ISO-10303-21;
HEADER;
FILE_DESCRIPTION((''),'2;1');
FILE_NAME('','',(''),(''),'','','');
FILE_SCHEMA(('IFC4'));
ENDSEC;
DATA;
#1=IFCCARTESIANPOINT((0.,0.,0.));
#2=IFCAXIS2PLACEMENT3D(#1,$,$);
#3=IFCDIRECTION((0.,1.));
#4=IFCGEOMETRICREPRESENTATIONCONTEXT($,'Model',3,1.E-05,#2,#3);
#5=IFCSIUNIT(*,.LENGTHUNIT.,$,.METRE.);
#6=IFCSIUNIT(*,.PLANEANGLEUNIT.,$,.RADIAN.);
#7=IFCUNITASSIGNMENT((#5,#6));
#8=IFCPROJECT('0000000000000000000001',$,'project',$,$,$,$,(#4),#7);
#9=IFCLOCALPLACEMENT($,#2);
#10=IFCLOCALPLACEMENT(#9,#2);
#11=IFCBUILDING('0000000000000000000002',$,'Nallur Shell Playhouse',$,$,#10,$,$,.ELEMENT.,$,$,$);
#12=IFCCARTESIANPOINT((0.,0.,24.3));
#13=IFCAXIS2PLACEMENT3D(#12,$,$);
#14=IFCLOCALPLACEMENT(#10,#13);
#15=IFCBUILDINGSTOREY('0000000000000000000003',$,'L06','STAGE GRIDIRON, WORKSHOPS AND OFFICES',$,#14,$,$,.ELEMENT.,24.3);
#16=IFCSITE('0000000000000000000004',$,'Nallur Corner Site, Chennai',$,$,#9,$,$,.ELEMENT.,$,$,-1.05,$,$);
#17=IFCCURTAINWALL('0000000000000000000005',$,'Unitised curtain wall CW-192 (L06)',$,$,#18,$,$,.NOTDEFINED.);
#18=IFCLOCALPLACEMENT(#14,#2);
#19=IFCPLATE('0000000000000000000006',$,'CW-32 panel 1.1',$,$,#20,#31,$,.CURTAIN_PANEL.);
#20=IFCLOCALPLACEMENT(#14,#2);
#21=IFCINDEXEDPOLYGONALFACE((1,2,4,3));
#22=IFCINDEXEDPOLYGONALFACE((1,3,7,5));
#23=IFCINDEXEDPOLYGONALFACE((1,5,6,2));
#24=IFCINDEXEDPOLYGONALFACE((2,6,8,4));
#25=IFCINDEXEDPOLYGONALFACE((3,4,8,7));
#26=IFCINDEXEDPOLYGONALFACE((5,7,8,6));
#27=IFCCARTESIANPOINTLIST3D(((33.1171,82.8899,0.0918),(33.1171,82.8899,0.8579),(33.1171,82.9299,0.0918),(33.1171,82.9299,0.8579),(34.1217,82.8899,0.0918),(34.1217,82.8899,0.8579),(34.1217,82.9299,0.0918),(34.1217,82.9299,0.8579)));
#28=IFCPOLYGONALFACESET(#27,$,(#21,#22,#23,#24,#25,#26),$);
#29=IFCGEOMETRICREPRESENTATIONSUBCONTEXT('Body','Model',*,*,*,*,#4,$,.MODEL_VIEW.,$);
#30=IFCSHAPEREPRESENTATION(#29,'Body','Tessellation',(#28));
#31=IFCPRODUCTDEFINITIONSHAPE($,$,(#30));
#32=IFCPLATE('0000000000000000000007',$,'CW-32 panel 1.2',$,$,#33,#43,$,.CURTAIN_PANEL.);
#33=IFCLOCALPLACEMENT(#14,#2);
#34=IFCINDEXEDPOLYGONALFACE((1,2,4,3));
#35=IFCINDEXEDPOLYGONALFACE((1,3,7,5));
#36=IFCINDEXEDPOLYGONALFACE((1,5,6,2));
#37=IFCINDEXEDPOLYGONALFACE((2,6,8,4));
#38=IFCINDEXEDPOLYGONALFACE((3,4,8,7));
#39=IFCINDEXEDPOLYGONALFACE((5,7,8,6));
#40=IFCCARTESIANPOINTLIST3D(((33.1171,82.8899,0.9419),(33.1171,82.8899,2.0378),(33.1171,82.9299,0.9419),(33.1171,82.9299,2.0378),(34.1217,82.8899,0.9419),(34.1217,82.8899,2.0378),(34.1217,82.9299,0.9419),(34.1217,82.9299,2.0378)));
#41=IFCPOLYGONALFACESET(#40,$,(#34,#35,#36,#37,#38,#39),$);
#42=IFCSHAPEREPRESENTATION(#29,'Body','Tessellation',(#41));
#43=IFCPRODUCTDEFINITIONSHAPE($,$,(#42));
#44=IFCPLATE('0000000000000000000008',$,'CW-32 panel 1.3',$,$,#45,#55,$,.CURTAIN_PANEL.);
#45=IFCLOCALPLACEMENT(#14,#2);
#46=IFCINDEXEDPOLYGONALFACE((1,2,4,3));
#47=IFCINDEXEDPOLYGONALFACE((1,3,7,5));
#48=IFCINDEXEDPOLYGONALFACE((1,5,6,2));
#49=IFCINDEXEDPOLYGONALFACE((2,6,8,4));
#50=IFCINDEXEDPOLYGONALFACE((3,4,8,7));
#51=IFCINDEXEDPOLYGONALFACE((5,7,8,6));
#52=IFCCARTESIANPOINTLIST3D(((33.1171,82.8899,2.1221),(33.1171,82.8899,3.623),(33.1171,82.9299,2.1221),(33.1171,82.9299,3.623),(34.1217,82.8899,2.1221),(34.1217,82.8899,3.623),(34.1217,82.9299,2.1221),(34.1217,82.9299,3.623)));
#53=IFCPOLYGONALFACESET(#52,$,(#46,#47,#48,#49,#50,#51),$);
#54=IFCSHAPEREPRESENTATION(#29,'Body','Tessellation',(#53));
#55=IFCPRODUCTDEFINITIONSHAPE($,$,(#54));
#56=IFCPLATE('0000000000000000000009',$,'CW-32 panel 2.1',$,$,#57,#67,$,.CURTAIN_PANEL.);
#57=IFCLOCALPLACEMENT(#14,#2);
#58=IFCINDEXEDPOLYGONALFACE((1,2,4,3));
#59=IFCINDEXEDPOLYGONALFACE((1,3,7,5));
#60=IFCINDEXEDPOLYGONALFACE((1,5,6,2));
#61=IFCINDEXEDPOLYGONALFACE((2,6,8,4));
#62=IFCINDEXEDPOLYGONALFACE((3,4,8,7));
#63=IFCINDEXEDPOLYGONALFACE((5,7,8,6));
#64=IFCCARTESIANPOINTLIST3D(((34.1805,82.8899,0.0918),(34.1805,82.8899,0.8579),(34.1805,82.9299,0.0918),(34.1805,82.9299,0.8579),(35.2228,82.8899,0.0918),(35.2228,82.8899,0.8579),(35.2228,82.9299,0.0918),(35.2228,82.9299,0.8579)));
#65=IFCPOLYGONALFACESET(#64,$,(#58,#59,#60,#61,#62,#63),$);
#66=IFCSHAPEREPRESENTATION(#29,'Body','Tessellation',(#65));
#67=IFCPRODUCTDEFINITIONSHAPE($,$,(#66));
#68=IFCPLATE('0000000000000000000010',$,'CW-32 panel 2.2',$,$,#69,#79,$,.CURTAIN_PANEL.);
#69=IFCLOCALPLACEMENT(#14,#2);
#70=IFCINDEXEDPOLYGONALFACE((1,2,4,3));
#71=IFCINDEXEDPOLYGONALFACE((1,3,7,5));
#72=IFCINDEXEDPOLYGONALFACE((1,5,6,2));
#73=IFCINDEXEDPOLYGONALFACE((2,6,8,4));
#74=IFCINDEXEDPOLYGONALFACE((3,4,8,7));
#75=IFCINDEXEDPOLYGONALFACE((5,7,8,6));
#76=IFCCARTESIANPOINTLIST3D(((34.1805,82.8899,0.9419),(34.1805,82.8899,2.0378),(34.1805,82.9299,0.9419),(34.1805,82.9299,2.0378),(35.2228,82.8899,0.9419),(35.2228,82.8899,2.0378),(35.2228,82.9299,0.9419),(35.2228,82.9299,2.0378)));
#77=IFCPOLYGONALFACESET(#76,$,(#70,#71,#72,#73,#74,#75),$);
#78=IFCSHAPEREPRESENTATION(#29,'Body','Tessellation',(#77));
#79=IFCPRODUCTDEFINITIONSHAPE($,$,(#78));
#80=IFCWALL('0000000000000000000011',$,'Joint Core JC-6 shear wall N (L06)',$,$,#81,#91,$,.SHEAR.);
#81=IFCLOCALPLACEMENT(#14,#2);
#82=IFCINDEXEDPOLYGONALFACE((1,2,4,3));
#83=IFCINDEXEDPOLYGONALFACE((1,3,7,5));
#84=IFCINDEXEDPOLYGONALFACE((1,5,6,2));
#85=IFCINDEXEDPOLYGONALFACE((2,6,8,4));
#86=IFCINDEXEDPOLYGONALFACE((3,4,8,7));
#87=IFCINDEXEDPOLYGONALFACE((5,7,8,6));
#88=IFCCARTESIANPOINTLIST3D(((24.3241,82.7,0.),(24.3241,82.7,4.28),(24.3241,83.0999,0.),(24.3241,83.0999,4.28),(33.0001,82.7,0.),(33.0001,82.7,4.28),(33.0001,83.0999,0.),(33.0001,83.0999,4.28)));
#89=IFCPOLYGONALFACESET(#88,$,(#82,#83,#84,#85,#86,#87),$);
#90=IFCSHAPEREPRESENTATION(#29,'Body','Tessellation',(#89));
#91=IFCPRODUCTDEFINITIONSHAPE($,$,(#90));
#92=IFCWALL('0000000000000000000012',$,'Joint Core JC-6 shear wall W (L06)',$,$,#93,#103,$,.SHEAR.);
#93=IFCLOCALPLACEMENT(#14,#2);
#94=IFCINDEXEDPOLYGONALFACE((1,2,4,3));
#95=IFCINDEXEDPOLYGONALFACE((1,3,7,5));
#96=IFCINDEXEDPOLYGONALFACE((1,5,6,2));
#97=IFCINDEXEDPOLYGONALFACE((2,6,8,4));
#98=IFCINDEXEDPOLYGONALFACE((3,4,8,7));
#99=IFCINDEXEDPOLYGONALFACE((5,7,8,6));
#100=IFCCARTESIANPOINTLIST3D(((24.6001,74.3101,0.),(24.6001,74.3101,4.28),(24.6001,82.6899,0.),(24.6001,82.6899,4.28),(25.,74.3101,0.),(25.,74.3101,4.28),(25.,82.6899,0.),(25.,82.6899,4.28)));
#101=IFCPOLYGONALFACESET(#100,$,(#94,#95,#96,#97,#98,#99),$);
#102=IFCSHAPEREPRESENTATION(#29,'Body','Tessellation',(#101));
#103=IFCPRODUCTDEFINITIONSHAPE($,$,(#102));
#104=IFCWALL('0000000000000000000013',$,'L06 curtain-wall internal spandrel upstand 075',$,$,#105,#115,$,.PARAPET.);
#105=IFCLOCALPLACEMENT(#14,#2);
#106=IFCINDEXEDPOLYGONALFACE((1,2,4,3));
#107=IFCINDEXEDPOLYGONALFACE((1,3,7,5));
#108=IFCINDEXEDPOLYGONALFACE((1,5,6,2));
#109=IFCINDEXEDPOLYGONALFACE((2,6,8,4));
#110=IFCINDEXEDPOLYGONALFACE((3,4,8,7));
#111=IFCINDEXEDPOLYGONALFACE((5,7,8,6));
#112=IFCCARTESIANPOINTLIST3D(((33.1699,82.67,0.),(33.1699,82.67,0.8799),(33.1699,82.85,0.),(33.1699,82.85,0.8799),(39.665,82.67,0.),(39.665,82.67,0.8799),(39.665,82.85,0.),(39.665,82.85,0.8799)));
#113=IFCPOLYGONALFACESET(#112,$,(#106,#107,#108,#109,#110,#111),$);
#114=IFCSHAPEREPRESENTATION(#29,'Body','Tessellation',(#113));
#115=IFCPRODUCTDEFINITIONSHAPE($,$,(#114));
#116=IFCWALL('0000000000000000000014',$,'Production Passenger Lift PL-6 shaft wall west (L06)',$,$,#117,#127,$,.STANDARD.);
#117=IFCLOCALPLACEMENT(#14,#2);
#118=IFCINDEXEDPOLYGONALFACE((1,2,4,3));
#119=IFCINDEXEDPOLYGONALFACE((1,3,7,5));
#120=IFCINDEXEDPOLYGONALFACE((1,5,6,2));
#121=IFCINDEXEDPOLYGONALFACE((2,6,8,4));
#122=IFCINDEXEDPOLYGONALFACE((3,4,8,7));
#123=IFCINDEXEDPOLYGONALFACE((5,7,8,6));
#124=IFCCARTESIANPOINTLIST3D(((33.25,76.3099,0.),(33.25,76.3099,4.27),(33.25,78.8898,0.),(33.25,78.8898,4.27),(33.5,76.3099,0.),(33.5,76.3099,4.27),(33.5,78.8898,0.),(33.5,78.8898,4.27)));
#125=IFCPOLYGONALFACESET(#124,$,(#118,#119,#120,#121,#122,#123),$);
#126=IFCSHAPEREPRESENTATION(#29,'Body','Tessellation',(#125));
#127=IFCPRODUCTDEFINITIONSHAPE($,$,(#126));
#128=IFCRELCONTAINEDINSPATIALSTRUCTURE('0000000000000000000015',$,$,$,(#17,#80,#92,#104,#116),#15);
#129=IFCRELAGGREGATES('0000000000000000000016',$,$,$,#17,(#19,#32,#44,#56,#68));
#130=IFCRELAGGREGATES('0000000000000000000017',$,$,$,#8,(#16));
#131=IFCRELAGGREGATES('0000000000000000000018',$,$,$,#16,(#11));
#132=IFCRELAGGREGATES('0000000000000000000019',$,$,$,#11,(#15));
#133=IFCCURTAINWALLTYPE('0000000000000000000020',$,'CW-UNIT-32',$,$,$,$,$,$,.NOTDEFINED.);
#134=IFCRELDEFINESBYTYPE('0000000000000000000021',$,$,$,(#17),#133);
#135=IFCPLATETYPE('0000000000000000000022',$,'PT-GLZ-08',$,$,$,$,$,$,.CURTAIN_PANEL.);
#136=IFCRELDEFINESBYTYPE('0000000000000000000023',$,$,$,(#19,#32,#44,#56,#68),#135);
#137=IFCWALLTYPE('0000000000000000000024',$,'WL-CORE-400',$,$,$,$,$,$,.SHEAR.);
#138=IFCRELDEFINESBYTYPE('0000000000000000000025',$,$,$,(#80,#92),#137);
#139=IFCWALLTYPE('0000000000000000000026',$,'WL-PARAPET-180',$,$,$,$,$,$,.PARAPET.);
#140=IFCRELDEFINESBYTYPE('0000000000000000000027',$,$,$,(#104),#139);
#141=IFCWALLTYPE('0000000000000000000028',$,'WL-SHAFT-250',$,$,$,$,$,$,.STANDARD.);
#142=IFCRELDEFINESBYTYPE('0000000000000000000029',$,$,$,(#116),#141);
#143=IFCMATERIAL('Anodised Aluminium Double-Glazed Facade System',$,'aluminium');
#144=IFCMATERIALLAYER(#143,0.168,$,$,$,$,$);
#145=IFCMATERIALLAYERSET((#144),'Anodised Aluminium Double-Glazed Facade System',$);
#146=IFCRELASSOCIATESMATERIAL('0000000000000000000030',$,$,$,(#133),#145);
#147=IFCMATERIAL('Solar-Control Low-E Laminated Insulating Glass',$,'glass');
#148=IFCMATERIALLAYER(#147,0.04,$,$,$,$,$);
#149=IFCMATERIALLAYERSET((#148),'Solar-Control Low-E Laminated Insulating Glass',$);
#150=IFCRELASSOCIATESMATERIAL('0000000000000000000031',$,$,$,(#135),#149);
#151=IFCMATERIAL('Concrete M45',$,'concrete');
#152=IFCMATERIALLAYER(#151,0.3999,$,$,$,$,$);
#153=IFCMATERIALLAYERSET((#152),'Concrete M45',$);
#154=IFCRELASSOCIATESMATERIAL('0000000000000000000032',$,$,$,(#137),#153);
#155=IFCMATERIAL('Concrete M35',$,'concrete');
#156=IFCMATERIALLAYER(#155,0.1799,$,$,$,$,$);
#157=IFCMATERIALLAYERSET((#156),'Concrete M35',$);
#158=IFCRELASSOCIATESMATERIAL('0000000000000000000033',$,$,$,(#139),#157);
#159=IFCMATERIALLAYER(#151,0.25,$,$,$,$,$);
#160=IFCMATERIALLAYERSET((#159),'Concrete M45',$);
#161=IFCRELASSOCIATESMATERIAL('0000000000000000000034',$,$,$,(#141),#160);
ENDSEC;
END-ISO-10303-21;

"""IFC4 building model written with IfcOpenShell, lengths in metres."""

from ifc_helpers import new_model, si_unit, direction, frame, frame_2d, origin, origin_2d, place, context, subcontext, project, spatial, rectangle, extrude, material, layer, layer_set, type_object, element, aggregate, save


model = new_model("IFC4")

# Units and contexts
model_context = context("Model", 3, precision=1e-05, world=origin(), true_north=direction((0.0, 1.0)))
body_context = subcontext(model_context, "Body", "Model", "MODEL_VIEW")
ifc_project = project(units=[si_unit("LENGTHUNIT", "METRE"), si_unit("PLANEANGLEUNIT", "RADIAN")], contexts=[model_context])

# Site, building, storey
site_placement = place(None, origin())
site = spatial("IfcSite", under=ifc_project, at=site_placement, Name="Nallur Corner Site, Chennai", CompositionType="ELEMENT", RefElevation=-1.05)
building_placement = place(site_placement, origin())
building = spatial("IfcBuilding", under=site, at=building_placement, Name="Nallur Shell Playhouse", CompositionType="ELEMENT")
storey_placement = place(building_placement, frame((0.0, 0.0, 24.3)))
storey = spatial("IfcBuildingStorey", under=building, at=storey_placement, Name="L06", Description="STAGE GRIDIRON, WORKSHOPS AND OFFICES", CompositionType="ELEMENT", Elevation=24.3)

# Shared definitions
ifc_material_1 = material(Name="Concrete M35", Category="concrete")

# Curtain wall, plates
ifc_material_2 = material(Name="Anodised Aluminium Double-Glazed Facade System", Category="aluminium")
ifc_layer_1 = layer(ifc_material_2, 0.168)
ifc_layer_set_1 = layer_set([ifc_layer_1], Name="Anodised Aluminium Double-Glazed Facade System")
curtain_wall_type = type_object("IfcCurtainWallType", Name="CW-UNIT-32", PredefinedType="NOTDEFINED", material=ifc_layer_set_1)
curtain_wall_placement = place(storey_placement, origin())
curtain_wall = element("IfcCurtainWall", 1, at=curtain_wall_placement, inside=storey, type_object=curtain_wall_type, Name="Unitised curtain wall CW-192 (L06)", PredefinedType="NOTDEFINED")
ifc_material_3 = material(Name="Solar-Control Low-E Laminated Insulating Glass", Category="glass")
ifc_layer_2 = layer(ifc_material_3, 0.04)
ifc_layer_set_2 = layer_set([ifc_layer_2], Name="Solar-Control Low-E Laminated Insulating Glass")
plate_type = type_object("IfcPlateType", Name="PT-GLZ-08", PredefinedType="CURTAIN_PANEL", material=ifc_layer_set_2)
plate_1_placement = place(storey_placement, frame((33.6194, 82.9099, 0.0918), z_axis=(0.0, 0.0, 1.0), x_axis=(1.0, 0.0, 0.0)))
plate_1 = element("IfcPlate", 2, at=plate_1_placement, type_object=plate_type, Name="CW-32 panel 1.1", PredefinedType="CURTAIN_PANEL", context=body_context, shape_type="SweptSolid", body=[
    extrude(rectangle(XDim=1.0046, YDim=0.04, at=origin_2d()), origin(), (0.0, 0.0, 1.0), 0.7661),
])
plate_2_placement = place(storey_placement, frame((33.6194, 82.9099, 0.9419), z_axis=(0.0, 0.0, 1.0), x_axis=(1.0, 0.0, 0.0)))
plate_2 = element("IfcPlate", 3, at=plate_2_placement, type_object=plate_type, Name="CW-32 panel 1.2", PredefinedType="CURTAIN_PANEL", context=body_context, shape_type="SweptSolid", body=[
    extrude(rectangle(XDim=1.0046, YDim=0.04, at=origin_2d()), origin(), (0.0, 0.0, 1.0), 1.0959),
])
plate_3_placement = place(storey_placement, frame((33.6194, 82.9099, 2.1221), z_axis=(0.0, 0.0, 1.0), x_axis=(1.0, 0.0, 0.0)))
plate_3 = element("IfcPlate", 4, at=plate_3_placement, type_object=plate_type, Name="CW-32 panel 1.3", PredefinedType="CURTAIN_PANEL", context=body_context, shape_type="SweptSolid", body=[
    extrude(rectangle(XDim=1.0046, YDim=0.04, at=origin_2d()), origin(), (0.0, 0.0, 1.0), 1.501),
])
plate_4_placement = place(storey_placement, frame((34.7017, 82.9099, 0.0918), z_axis=(0.0, 0.0, 1.0), x_axis=(1.0, 0.0, 0.0)))
plate_4 = element("IfcPlate", 5, at=plate_4_placement, type_object=plate_type, Name="CW-32 panel 2.1", PredefinedType="CURTAIN_PANEL", context=body_context, shape_type="SweptSolid", body=[
    extrude(rectangle(XDim=1.0422, YDim=0.04, at=origin_2d()), origin(), (0.0, 0.0, 1.0), 0.7661),
])
plate_5_placement = place(storey_placement, frame((34.7017, 82.9099, 0.9419), z_axis=(0.0, 0.0, 1.0), x_axis=(1.0, 0.0, 0.0)))
plate_5 = element("IfcPlate", 6, at=plate_5_placement, type_object=plate_type, Name="CW-32 panel 2.2", PredefinedType="CURTAIN_PANEL", context=body_context, shape_type="SweptSolid", body=[
    extrude(rectangle(XDim=1.0422, YDim=0.04, at=origin_2d()), origin(), (0.0, 0.0, 1.0), 1.0959),
])
aggregate(curtain_wall, [plate_1, plate_2, plate_3, plate_4, plate_5])

# Walls
ifc_material_4 = material(Name="Concrete M45", Category="concrete")
ifc_layer_3 = layer(ifc_material_4, 0.3999)
ifc_layer_set_3 = layer_set([ifc_layer_3], Name="Concrete M45")
wall_type_1 = type_object("IfcWallType", Name="WL-CORE-400", PredefinedType="SHEAR", material=ifc_layer_set_3)
wall_1_placement = place(storey_placement, frame((33.0, 82.8999, 0.0), z_axis=(0.0, 0.0, 1.0), x_axis=(-1.0, 0.0, 0.0)))
element("IfcWall", 7, at=wall_1_placement, inside=storey, type_object=wall_type_1, Name="Joint Core JC-6 shear wall N (L06)", PredefinedType="SHEAR", context=body_context, shape_type="SweptSolid", body=[
    extrude(rectangle(XDim=8.676, YDim=0.3999, at=frame_2d((4.3379, 0.0))), origin(), (0.0, 0.0, 1.0), 4.28),
])
wall_2_placement = place(storey_placement, frame((24.8, 82.6899, 0.0), z_axis=(0.0, 0.0, 1.0), x_axis=(0.0, -1.0, 0.0)))
element("IfcWall", 8, at=wall_2_placement, inside=storey, type_object=wall_type_1, Name="Joint Core JC-6 shear wall W (L06)", PredefinedType="SHEAR", context=body_context, shape_type="SweptSolid", body=[
    extrude(rectangle(XDim=8.3799, YDim=0.3999, at=frame_2d((4.1899, 0.0))), origin(), (0.0, 0.0, 1.0), 4.28),
])
ifc_layer_4 = layer(ifc_material_1, 0.1799)
ifc_layer_set_4 = layer_set([ifc_layer_4], Name="Concrete M35")
wall_type_2 = type_object("IfcWallType", Name="WL-PARAPET-180", PredefinedType="PARAPET", material=ifc_layer_set_4)
wall_3_placement = place(storey_placement, frame((33.1699, 82.76, 0.0), z_axis=(0.0, 0.0, 1.0), x_axis=(1.0, 0.0, 0.0)))
element("IfcWall", 9, at=wall_3_placement, inside=storey, type_object=wall_type_2, Name="L06 curtain-wall internal spandrel upstand 075", PredefinedType="PARAPET", context=body_context, shape_type="SweptSolid", body=[
    extrude(rectangle(XDim=6.4951, YDim=0.1799, at=frame_2d((3.2476, 0.0))), origin(), (0.0, 0.0, 1.0), 0.8799),
])

# Shared definitions
ifc_layer_5 = layer(ifc_material_4, 0.25)
ifc_layer_set_5 = layer_set([ifc_layer_5], Name="Concrete M45")
wall_type_3 = type_object("IfcWallType", Name="WL-SHAFT-250", PredefinedType="STANDARD", material=ifc_layer_set_5)

# Wall
wall_4_placement = place(storey_placement, frame((33.375, 78.8899, 0.0), z_axis=(0.0, 0.0, 1.0), x_axis=(0.0, -1.0, 0.0)))
element("IfcWall", 10, at=wall_4_placement, inside=storey, type_object=wall_type_3, Name="Production Passenger Lift PL-6 shaft wall west (L06)", PredefinedType="STANDARD", context=body_context, shape_type="SweptSolid", body=[
    extrude(rectangle(XDim=2.5798, YDim=0.25, at=frame_2d((1.29, 0.0))), origin(), (0.0, 0.0, 1.0), 4.27),
])

save(model, "model.ifc")
